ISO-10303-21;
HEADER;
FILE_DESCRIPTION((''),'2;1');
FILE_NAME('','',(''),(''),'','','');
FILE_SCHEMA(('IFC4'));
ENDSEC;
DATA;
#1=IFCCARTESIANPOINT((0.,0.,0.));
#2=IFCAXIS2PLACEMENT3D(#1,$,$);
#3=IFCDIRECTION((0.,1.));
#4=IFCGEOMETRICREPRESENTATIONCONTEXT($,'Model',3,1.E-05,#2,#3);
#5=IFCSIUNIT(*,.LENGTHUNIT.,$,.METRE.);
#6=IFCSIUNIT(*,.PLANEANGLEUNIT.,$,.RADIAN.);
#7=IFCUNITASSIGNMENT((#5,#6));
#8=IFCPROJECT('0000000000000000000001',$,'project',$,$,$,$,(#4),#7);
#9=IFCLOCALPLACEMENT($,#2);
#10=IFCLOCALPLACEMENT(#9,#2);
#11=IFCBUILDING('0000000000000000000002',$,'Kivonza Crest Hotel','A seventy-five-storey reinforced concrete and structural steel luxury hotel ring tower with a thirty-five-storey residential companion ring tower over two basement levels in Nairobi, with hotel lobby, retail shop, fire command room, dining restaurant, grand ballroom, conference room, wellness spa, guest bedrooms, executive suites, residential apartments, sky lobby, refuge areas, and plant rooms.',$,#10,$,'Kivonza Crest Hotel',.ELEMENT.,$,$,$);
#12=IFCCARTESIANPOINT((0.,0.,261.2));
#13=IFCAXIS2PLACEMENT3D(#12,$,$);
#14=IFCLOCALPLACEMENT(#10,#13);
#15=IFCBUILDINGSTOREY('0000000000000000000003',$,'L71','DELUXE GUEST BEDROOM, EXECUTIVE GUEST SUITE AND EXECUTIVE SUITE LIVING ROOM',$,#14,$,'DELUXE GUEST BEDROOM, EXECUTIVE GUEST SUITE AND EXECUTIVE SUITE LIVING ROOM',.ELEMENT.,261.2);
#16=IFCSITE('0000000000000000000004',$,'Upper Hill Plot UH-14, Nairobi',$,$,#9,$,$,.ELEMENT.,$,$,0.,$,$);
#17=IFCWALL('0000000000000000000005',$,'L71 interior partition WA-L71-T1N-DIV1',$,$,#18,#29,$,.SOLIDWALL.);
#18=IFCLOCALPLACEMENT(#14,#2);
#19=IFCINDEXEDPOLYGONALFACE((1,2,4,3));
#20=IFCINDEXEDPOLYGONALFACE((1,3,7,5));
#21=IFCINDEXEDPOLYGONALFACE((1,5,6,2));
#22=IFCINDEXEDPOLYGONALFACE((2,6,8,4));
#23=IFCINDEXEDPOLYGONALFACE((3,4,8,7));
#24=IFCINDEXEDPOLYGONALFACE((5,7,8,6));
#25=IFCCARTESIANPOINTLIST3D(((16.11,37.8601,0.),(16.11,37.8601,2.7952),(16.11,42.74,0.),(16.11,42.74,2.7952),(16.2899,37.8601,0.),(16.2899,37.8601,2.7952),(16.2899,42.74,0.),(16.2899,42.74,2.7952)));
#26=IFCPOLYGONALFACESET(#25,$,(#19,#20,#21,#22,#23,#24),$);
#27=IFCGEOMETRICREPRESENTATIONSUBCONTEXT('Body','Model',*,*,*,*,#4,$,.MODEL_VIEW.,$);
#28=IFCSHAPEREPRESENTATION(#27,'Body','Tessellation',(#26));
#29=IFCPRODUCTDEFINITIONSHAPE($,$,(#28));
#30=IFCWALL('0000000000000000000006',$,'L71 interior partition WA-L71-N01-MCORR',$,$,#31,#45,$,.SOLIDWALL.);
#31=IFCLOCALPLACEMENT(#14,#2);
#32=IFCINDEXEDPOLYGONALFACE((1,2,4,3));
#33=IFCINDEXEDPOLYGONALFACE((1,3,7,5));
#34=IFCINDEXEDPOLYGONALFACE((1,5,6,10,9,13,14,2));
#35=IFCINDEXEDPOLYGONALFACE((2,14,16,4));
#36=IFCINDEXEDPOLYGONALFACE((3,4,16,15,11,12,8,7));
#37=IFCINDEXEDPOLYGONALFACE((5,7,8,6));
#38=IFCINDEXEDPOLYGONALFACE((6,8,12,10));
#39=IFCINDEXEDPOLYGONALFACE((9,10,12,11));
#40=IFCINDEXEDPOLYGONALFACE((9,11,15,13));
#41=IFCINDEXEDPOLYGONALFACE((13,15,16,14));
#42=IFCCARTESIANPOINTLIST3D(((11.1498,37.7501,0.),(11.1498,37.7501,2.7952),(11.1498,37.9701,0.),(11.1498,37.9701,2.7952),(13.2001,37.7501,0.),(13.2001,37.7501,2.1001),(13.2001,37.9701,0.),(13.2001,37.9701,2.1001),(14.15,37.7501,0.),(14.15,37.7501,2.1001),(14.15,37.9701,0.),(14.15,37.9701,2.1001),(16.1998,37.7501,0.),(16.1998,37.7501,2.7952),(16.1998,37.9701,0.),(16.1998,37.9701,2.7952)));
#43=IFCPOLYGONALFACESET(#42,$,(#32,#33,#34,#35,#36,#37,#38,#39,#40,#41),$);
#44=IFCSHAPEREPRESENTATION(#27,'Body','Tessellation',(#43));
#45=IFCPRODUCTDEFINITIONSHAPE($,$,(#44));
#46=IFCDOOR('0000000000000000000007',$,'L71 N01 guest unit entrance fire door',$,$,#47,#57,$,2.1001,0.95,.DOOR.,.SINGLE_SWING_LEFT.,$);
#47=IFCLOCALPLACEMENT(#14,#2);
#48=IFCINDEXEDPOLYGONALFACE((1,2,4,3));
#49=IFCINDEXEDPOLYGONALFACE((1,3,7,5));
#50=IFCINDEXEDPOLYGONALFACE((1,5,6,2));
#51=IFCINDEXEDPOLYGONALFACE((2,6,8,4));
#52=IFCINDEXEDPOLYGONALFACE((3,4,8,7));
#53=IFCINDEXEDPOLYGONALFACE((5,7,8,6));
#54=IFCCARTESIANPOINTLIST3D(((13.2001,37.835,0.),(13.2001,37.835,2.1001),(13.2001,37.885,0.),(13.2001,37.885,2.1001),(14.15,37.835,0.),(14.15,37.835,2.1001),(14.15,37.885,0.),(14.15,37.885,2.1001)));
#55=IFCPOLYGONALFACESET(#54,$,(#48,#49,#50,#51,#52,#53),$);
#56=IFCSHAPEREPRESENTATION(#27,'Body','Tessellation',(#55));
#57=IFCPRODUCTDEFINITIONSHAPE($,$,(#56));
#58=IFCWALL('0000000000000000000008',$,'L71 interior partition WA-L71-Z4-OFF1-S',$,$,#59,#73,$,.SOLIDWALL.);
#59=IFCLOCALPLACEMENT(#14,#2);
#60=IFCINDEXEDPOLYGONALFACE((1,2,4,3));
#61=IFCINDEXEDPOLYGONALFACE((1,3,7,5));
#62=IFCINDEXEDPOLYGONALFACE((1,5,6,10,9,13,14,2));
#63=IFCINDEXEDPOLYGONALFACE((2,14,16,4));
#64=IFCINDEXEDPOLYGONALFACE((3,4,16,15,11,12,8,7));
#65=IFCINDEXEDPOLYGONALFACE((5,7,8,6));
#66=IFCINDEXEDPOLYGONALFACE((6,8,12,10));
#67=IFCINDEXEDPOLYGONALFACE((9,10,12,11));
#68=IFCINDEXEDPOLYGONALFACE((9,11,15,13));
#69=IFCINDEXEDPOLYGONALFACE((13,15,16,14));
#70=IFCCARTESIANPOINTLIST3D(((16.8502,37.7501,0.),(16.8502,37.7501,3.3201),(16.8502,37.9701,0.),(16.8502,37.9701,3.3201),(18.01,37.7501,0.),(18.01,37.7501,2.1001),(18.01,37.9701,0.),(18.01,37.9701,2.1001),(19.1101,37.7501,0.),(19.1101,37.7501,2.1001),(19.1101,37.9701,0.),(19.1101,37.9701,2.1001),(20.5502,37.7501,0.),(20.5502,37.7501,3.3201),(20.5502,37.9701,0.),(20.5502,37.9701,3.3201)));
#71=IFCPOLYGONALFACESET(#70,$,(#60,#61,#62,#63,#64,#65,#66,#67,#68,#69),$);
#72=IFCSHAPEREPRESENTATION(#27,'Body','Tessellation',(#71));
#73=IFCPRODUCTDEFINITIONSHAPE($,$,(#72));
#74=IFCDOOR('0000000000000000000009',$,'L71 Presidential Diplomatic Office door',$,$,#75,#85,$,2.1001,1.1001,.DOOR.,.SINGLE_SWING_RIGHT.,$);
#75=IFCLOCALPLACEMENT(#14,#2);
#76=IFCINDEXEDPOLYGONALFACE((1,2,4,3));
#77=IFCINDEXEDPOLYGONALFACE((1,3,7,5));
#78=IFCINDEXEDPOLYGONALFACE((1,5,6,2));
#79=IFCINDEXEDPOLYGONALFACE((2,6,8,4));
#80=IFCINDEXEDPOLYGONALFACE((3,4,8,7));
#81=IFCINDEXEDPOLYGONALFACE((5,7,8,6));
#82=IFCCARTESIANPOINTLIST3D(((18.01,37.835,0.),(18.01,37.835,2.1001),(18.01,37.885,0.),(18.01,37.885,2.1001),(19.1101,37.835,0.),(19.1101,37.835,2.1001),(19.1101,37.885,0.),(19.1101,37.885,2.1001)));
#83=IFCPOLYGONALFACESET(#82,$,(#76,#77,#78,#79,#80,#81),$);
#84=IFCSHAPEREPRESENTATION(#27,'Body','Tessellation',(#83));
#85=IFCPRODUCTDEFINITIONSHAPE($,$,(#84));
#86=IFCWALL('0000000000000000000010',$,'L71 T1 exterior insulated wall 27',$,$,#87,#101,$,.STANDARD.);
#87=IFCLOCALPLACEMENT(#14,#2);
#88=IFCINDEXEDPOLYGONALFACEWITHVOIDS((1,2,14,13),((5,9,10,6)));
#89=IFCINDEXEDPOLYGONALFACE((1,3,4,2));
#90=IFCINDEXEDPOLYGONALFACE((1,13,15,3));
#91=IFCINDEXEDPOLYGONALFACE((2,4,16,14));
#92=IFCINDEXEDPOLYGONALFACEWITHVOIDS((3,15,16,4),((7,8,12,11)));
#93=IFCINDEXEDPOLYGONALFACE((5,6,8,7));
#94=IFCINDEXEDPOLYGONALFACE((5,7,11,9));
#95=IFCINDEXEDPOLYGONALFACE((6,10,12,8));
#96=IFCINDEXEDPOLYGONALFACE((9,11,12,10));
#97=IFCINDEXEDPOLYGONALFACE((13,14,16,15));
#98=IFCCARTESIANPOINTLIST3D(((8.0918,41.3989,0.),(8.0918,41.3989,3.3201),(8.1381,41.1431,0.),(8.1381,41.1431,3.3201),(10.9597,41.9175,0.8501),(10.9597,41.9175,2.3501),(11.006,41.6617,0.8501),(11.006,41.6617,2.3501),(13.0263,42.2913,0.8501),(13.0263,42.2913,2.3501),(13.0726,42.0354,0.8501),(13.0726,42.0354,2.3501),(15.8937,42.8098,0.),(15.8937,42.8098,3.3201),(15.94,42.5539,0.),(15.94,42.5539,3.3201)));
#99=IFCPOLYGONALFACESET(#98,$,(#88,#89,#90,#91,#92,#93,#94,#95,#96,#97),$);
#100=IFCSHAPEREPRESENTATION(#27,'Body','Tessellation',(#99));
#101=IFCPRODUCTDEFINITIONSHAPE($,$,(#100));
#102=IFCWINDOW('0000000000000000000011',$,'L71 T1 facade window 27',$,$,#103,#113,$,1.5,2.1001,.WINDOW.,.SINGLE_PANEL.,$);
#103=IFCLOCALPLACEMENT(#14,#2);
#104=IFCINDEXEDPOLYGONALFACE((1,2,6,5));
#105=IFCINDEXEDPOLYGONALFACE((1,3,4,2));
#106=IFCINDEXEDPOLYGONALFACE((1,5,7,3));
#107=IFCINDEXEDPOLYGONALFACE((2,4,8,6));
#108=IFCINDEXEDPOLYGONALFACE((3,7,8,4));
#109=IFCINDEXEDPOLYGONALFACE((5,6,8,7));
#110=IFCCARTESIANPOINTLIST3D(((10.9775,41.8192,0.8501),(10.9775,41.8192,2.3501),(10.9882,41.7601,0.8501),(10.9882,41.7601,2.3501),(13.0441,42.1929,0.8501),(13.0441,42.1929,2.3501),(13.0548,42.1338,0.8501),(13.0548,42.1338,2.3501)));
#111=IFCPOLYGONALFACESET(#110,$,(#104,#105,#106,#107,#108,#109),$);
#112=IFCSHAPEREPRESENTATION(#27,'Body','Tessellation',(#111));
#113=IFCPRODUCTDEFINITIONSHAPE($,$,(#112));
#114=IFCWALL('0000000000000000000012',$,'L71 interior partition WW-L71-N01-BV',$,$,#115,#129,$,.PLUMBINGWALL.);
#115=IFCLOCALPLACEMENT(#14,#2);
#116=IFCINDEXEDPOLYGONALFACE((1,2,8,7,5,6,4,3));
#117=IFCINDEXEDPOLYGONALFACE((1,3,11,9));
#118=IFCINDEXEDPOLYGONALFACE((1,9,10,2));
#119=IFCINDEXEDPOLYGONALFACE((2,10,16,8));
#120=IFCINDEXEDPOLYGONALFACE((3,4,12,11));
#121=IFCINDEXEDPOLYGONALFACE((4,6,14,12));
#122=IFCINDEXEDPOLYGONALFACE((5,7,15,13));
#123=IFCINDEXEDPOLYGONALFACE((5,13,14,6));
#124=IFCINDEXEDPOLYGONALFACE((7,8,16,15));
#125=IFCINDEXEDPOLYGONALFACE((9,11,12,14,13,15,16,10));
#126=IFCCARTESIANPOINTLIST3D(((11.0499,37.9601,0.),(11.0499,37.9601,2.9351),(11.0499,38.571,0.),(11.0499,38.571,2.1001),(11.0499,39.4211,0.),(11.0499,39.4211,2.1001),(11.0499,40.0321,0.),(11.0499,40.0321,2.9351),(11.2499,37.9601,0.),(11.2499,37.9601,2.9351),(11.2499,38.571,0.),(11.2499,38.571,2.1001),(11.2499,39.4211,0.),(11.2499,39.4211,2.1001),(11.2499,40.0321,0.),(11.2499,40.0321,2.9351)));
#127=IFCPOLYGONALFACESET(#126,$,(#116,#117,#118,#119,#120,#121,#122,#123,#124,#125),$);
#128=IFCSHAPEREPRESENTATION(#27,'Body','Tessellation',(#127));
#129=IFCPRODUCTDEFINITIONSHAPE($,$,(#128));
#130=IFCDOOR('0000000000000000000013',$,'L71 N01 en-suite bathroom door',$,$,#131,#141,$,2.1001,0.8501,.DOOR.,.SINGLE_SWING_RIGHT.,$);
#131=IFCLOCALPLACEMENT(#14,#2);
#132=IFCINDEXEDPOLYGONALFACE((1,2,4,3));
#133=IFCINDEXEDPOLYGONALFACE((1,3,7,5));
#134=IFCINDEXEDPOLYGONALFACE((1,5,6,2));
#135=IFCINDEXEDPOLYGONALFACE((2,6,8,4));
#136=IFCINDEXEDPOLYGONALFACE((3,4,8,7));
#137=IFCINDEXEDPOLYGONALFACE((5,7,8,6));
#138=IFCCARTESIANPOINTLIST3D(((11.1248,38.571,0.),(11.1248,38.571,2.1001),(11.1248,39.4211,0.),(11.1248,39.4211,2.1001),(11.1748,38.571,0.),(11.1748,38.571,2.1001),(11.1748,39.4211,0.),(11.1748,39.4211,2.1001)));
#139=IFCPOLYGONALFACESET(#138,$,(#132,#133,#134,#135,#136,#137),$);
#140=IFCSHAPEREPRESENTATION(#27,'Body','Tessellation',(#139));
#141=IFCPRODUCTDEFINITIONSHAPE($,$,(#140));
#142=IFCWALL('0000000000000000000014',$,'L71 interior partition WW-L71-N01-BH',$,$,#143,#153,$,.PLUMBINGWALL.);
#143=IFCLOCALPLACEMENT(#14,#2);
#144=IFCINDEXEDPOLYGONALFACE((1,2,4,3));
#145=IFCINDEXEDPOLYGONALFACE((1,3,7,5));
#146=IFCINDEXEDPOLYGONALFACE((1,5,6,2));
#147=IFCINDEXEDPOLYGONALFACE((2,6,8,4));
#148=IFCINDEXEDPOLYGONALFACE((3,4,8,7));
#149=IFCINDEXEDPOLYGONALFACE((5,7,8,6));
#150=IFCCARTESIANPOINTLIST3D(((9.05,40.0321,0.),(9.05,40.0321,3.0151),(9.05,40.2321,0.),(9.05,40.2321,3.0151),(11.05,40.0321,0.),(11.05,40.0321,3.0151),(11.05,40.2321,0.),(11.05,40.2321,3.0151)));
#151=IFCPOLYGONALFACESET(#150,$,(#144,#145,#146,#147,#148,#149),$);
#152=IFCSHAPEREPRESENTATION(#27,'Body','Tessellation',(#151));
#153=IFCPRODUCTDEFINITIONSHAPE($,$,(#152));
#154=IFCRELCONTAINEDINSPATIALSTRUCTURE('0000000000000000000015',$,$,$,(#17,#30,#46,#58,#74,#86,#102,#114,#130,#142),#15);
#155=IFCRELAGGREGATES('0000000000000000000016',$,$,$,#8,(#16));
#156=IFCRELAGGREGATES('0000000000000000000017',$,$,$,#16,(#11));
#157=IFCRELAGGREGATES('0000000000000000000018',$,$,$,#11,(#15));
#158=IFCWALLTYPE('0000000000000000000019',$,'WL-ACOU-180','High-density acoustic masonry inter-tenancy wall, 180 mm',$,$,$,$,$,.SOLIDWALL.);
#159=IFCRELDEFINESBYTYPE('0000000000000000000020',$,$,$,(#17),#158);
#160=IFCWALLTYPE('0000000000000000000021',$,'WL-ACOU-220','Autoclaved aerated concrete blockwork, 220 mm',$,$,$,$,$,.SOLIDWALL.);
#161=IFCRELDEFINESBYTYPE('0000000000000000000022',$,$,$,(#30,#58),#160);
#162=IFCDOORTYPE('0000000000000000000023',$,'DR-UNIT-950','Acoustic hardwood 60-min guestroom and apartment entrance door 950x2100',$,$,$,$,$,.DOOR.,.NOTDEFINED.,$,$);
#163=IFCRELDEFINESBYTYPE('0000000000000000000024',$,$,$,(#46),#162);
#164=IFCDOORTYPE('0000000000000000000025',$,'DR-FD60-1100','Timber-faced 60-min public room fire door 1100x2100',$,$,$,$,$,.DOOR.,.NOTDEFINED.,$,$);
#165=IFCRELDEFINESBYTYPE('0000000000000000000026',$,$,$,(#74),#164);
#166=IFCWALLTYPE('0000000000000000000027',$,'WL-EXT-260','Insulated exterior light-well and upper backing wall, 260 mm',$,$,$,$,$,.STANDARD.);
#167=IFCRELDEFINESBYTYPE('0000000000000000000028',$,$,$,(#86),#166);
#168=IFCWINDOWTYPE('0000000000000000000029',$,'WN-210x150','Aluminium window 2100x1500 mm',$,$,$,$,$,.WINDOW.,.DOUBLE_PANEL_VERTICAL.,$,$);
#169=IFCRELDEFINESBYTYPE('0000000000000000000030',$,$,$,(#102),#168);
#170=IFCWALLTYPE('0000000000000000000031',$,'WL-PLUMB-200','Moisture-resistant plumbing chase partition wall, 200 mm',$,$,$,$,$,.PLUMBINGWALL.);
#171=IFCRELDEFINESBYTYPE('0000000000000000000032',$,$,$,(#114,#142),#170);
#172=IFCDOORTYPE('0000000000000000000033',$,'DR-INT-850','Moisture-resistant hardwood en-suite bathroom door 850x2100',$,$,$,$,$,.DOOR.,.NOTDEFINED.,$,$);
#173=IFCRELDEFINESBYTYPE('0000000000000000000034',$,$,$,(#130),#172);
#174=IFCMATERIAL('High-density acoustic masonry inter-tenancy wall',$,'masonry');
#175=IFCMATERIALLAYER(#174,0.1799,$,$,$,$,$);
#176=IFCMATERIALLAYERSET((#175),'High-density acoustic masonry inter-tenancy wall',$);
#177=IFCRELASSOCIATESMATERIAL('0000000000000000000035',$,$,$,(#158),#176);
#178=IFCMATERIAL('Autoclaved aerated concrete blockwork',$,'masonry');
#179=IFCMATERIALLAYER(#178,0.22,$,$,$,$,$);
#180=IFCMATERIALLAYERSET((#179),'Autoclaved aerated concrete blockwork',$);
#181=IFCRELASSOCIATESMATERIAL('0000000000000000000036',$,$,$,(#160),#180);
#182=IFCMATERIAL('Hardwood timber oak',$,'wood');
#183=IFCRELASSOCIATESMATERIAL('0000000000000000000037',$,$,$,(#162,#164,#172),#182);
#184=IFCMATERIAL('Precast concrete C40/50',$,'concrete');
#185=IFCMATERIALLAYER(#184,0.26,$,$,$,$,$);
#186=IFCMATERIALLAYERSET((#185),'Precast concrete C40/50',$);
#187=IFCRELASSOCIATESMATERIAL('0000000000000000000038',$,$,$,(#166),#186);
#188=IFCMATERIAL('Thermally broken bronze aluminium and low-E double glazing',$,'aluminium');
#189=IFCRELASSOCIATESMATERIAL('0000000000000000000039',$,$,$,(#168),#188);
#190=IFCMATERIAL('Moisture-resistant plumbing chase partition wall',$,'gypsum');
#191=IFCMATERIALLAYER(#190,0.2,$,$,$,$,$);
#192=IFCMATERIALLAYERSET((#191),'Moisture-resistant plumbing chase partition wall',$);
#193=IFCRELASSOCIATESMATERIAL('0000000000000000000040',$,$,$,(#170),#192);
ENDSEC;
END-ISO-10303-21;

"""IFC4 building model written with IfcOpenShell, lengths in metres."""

from ifc_helpers import new_model, si_unit, direction, frame, frame_2d, origin, place, context, subcontext, project, spatial, rectangle, extrude, material, layer, layer_set, type_object, element, fill, save


model = new_model("IFC4")

# Units and contexts
model_context = context("Model", 3, precision=1e-05, world=origin(), true_north=direction((0.0, 1.0)))
body_context = subcontext(model_context, "Body", "Model", "MODEL_VIEW")
ifc_project = project(units=[si_unit("LENGTHUNIT", "METRE"), si_unit("PLANEANGLEUNIT", "RADIAN")], contexts=[model_context])

# Site, building, storey
site_placement = place(None, origin())
site = spatial("IfcSite", under=ifc_project, at=site_placement, Name="Upper Hill Plot UH-14, Nairobi", CompositionType="ELEMENT", RefElevation=0.0)
building_placement = place(site_placement, origin())
building = spatial("IfcBuilding", under=site, at=building_placement, Name="Kivonza Crest Hotel", Description="A seventy-five-storey reinforced concrete and structural steel luxury hotel ring tower with a thirty-five-storey residential companion ring tower over two basement levels in Nairobi, with hotel lobby, retail shop, fire command room, dining restaurant, grand ballroom, conference room, wellness spa, guest bedrooms, executive suites, residential apartments, sky lobby, refuge areas, and plant rooms.", LongName="Kivonza Crest Hotel", CompositionType="ELEMENT")
storey_placement = place(building_placement, frame((0.0, 0.0, 261.2)))
storey = spatial("IfcBuildingStorey", under=building, at=storey_placement, Name="L71", Description="DELUXE GUEST BEDROOM, EXECUTIVE GUEST SUITE AND EXECUTIVE SUITE LIVING ROOM", LongName="DELUXE GUEST BEDROOM, EXECUTIVE GUEST SUITE AND EXECUTIVE SUITE LIVING ROOM", CompositionType="ELEMENT", Elevation=261.2)

# Wall
ifc_material_1 = material(Name="High-density acoustic masonry inter-tenancy wall", Category="masonry")
ifc_layer_1 = layer(ifc_material_1, 0.1799)
ifc_layer_set_1 = layer_set([ifc_layer_1], Name="High-density acoustic masonry inter-tenancy wall")
wall_type_1 = type_object("IfcWallType", Name="WL-ACOU-180", Description="High-density acoustic masonry inter-tenancy wall, 180 mm", PredefinedType="SOLIDWALL", material=ifc_layer_set_1)
wall_1_placement = place(storey_placement, frame((16.2, 37.8601, 0.0), z_axis=(0.0, 0.0, 1.0), x_axis=(0.0, 1.0, 0.0)))
element("IfcWall", 1, at=wall_1_placement, inside=storey, type_object=wall_type_1, Name="L71 interior partition WA-L71-T1N-DIV1", PredefinedType="SOLIDWALL", context=body_context, shape_type="SweptSolid", body=[
    extrude(rectangle(XDim=4.8799, YDim=0.1799, at=frame_2d((2.4399, 0.0))), origin(), (0.0, 0.0, 1.0), 2.7952),
])

# Walls, openings, doors
ifc_material_2 = material(Name="Autoclaved aerated concrete blockwork", Category="masonry")
ifc_layer_2 = layer(ifc_material_2, 0.22)
ifc_layer_set_2 = layer_set([ifc_layer_2], Name="Autoclaved aerated concrete blockwork")
wall_type_2 = type_object("IfcWallType", Name="WL-ACOU-220", Description="Autoclaved aerated concrete blockwork, 220 mm", PredefinedType="SOLIDWALL", material=ifc_layer_set_2)
wall_2_placement = place(storey_placement, frame((11.1499, 37.8601, 0.0), z_axis=(0.0, 0.0, 1.0), x_axis=(1.0, 0.0, 0.0)))
wall_2 = element("IfcWall", 2, at=wall_2_placement, inside=storey, type_object=wall_type_2, Name="L71 interior partition WA-L71-N01-MCORR", PredefinedType="SOLIDWALL", context=body_context, shape_type="SweptSolid", body=[
    extrude(rectangle(XDim=5.05, YDim=0.22, at=frame_2d((2.5249, 0.0))), origin(), (0.0, 0.0, 1.0), 2.7952),
])
opening_1_placement = place(wall_2_placement, frame((2.05, 0.0, 0.0)))
opening_1 = element("IfcOpeningElement", 3, at=opening_1_placement, cuts=wall_2, PredefinedType="OPENING", context=body_context, shape_type="SweptSolid", body=[
    extrude(rectangle(XDim=0.95, YDim=2.1001, at=frame_2d((0.4751, 1.05))), frame((0.0, 0.1201, 0.0), z_axis=(0.0, -1.0, 0.0), x_axis=(1.0, 0.0, 0.0)), (0.0, 0.0, 1.0), 0.24),
])
ifc_material_3 = material(Name="Hardwood timber oak", Category="wood")
door_type_1 = type_object("IfcDoorType", Name="DR-UNIT-950", Description="Acoustic hardwood 60-min guestroom and apartment entrance door 950x2100", OperationType="NOTDEFINED", PredefinedType="DOOR", material=ifc_material_3)
door_1_placement = place(opening_1_placement, origin())
door_1 = element("IfcDoor", 4, at=door_1_placement, inside=storey, type_object=door_type_1, Name="L71 N01 guest unit entrance fire door", OperationType="SINGLE_SWING_LEFT", OverallHeight=2.1001, OverallWidth=0.95, PredefinedType="DOOR", context=body_context, shape_type="SweptSolid", body=[
    extrude(rectangle(XDim=0.95, YDim=2.1001, at=frame_2d((0.4751, 1.05))), frame((0.0, 0.0249, 0.0), z_axis=(0.0, -1.0, 0.0), x_axis=(1.0, 0.0, 0.0)), (0.0, 0.0, 1.0), 0.05),
])
fill(opening_1, door_1)
wall_3_placement = place(storey_placement, frame((16.8501, 37.8601, 0.0), z_axis=(0.0, 0.0, 1.0), x_axis=(1.0, 0.0, 0.0)))
wall_3 = element("IfcWall", 5, at=wall_3_placement, inside=storey, type_object=wall_type_2, Name="L71 interior partition WA-L71-Z4-OFF1-S", PredefinedType="SOLIDWALL", context=body_context, shape_type="SweptSolid", body=[
    extrude(rectangle(XDim=3.7, YDim=0.22, at=frame_2d((1.8501, 0.0))), origin(), (0.0, 0.0, 1.0), 3.3201),
])
opening_2_placement = place(wall_3_placement, frame((1.1599, 0.0, 0.0)))
opening_2 = element("IfcOpeningElement", 6, at=opening_2_placement, cuts=wall_3, PredefinedType="OPENING", context=body_context, shape_type="SweptSolid", body=[
    extrude(rectangle(XDim=1.1001, YDim=2.1001, at=frame_2d((0.55, 1.05))), frame((0.0, 0.1201, 0.0), z_axis=(0.0, -1.0, 0.0), x_axis=(1.0, 0.0, 0.0)), (0.0, 0.0, 1.0), 0.24),
])
door_type_2 = type_object("IfcDoorType", Name="DR-FD60-1100", Description="Timber-faced 60-min public room fire door 1100x2100", OperationType="NOTDEFINED", PredefinedType="DOOR", material=ifc_material_3)
door_2_placement = place(opening_2_placement, origin())
door_2 = element("IfcDoor", 7, at=door_2_placement, inside=storey, type_object=door_type_2, Name="L71 Presidential Diplomatic Office door", OperationType="SINGLE_SWING_RIGHT", OverallHeight=2.1001, OverallWidth=1.1001, PredefinedType="DOOR", context=body_context, shape_type="SweptSolid", body=[
    extrude(rectangle(XDim=1.1001, YDim=2.1001, at=frame_2d((0.55, 1.05))), frame((0.0, 0.0249, 0.0), z_axis=(0.0, -1.0, 0.0), x_axis=(1.0, 0.0, 0.0)), (0.0, 0.0, 1.0), 0.05),
])
fill(opening_2, door_2)

# Wall, opening, window
ifc_material_4 = material(Name="Precast concrete C40/50", Category="concrete")
ifc_layer_3 = layer(ifc_material_4, 0.26)
ifc_layer_set_3 = layer_set([ifc_layer_3], Name="Precast concrete C40/50")
wall_type_3 = type_object("IfcWallType", Name="WL-EXT-260", Description="Insulated exterior light-well and upper backing wall, 260 mm", PredefinedType="STANDARD", material=ifc_layer_set_3)
wall_4_placement = place(storey_placement, frame((15.917, 42.6819, 0.0), z_axis=(0.0, 0.0, 1.0), x_axis=(-0.984039, -0.17795, 0.0)))
wall_4 = element("IfcWall", 8, at=wall_4_placement, inside=storey, type_object=wall_type_3, Name="L71 T1 exterior insulated wall 27", PredefinedType="STANDARD", context=body_context, shape_type="SweptSolid", body=[
    extrude(rectangle(XDim=7.9285, YDim=0.26, at=frame_2d((3.9644, 0.0))), origin(), (0.0, 0.0, 1.0), 3.3201),
])
opening_3_placement = place(wall_4_placement, frame((2.9141, 0.0, 0.8501)))
opening_3 = element("IfcOpeningElement", 9, at=opening_3_placement, cuts=wall_4, PredefinedType="OPENING", context=body_context, shape_type="SweptSolid", body=[
    extrude(rectangle(XDim=2.1001, YDim=1.5, at=frame_2d((1.05, 0.75))), frame((0.0, 0.1401, 0.0), z_axis=(0.0, -1.0, 0.0), x_axis=(1.0, 0.0, 0.0)), (0.0, 0.0, 1.0), 0.28),
])
ifc_material_5 = material(Name="Thermally broken bronze aluminium and low-E double glazing", Category="aluminium")
window_type = type_object("IfcWindowType", Name="WN-210x150", Description="Aluminium window 2100x1500 mm", PartitioningType="DOUBLE_PANEL_VERTICAL", PredefinedType="WINDOW", material=ifc_material_5)
window_placement = place(opening_3_placement, origin())
window = element("IfcWindow", 10, at=window_placement, inside=storey, type_object=window_type, Name="L71 T1 facade window 27", OverallHeight=1.5, OverallWidth=2.1001, PartitioningType="SINGLE_PANEL", PredefinedType="WINDOW", context=body_context, shape_type="SweptSolid", body=[
    extrude(rectangle(XDim=2.1001, YDim=1.5, at=frame_2d((1.05, 0.75))), frame((0.0, 0.03, 0.0), z_axis=(0.0, -1.0, 0.0), x_axis=(1.0, 0.0, 0.0)), (0.0, 0.0, 1.0), 0.0601),
])
fill(opening_3, window)

# Wall, opening, door
ifc_material_6 = material(Name="Moisture-resistant plumbing chase partition wall", Category="gypsum")
ifc_layer_4 = layer(ifc_material_6, 0.2)
ifc_layer_set_4 = layer_set([ifc_layer_4], Name="Moisture-resistant plumbing chase partition wall")
wall_type_4 = type_object("IfcWallType", Name="WL-PLUMB-200", Description="Moisture-resistant plumbing chase partition wall, 200 mm", PredefinedType="PLUMBINGWALL", material=ifc_layer_set_4)
wall_5_placement = place(storey_placement, frame((11.1499, 37.96, 0.0), z_axis=(0.0, 0.0, 1.0), x_axis=(0.0, 1.0, 0.0)))
wall_5 = element("IfcWall", 11, at=wall_5_placement, inside=storey, type_object=wall_type_4, Name="L71 interior partition WW-L71-N01-BV", PredefinedType="PLUMBINGWALL", context=body_context, shape_type="SweptSolid", body=[
    extrude(rectangle(XDim=2.072, YDim=0.2, at=frame_2d((1.0361, 0.0))), origin(), (0.0, 0.0, 1.0), 2.9351),
])
opening_4_placement = place(wall_5_placement, frame((0.6111, 0.0, 0.0)))
opening_4 = element("IfcOpeningElement", 12, at=opening_4_placement, cuts=wall_5, PredefinedType="OPENING", context=body_context, shape_type="SweptSolid", body=[
    extrude(rectangle(XDim=0.8501, YDim=2.1001, at=frame_2d((0.425, 1.05))), frame((0.0, 0.1099, 0.0), z_axis=(0.0, -1.0, 0.0), x_axis=(1.0, 0.0, 0.0)), (0.0, 0.0, 1.0), 0.22),
])
door_type_3 = type_object("IfcDoorType", Name="DR-INT-850", Description="Moisture-resistant hardwood en-suite bathroom door 850x2100", OperationType="NOTDEFINED", PredefinedType="DOOR", material=ifc_material_3)
door_3_placement = place(opening_4_placement, frame((0.8501, 0.0, 0.0), z_axis=(0.0, 0.0, 1.0), x_axis=(-1.0, 0.0, 0.0)))
door_3 = element("IfcDoor", 13, at=door_3_placement, inside=storey, type_object=door_type_3, Name="L71 N01 en-suite bathroom door", OperationType="SINGLE_SWING_RIGHT", OverallHeight=2.1001, OverallWidth=0.8501, PredefinedType="DOOR", context=body_context, shape_type="SweptSolid", body=[
    extrude(rectangle(XDim=0.8501, YDim=2.1001, at=frame_2d((0.425, 1.05))), frame((0.0, 0.0249, 0.0), z_axis=(0.0, -1.0, 0.0), x_axis=(1.0, 0.0, 0.0)), (0.0, 0.0, 1.0), 0.05),
])
fill(opening_4, door_3)

# Wall
wall_6_placement = place(storey_placement, frame((9.05, 40.1321, 0.0), z_axis=(0.0, 0.0, 1.0), x_axis=(1.0, 0.0, 0.0)))
element("IfcWall", 14, at=wall_6_placement, inside=storey, type_object=wall_type_4, Name="L71 interior partition WW-L71-N01-BH", PredefinedType="PLUMBINGWALL", context=body_context, shape_type="SweptSolid", body=[
    extrude(rectangle(XDim=2.0, YDim=0.2, at=frame_2d((1.0, 0.0))), origin(), (0.0, 0.0, 1.0), 3.0151),
])

save(model, "model.ifc")
